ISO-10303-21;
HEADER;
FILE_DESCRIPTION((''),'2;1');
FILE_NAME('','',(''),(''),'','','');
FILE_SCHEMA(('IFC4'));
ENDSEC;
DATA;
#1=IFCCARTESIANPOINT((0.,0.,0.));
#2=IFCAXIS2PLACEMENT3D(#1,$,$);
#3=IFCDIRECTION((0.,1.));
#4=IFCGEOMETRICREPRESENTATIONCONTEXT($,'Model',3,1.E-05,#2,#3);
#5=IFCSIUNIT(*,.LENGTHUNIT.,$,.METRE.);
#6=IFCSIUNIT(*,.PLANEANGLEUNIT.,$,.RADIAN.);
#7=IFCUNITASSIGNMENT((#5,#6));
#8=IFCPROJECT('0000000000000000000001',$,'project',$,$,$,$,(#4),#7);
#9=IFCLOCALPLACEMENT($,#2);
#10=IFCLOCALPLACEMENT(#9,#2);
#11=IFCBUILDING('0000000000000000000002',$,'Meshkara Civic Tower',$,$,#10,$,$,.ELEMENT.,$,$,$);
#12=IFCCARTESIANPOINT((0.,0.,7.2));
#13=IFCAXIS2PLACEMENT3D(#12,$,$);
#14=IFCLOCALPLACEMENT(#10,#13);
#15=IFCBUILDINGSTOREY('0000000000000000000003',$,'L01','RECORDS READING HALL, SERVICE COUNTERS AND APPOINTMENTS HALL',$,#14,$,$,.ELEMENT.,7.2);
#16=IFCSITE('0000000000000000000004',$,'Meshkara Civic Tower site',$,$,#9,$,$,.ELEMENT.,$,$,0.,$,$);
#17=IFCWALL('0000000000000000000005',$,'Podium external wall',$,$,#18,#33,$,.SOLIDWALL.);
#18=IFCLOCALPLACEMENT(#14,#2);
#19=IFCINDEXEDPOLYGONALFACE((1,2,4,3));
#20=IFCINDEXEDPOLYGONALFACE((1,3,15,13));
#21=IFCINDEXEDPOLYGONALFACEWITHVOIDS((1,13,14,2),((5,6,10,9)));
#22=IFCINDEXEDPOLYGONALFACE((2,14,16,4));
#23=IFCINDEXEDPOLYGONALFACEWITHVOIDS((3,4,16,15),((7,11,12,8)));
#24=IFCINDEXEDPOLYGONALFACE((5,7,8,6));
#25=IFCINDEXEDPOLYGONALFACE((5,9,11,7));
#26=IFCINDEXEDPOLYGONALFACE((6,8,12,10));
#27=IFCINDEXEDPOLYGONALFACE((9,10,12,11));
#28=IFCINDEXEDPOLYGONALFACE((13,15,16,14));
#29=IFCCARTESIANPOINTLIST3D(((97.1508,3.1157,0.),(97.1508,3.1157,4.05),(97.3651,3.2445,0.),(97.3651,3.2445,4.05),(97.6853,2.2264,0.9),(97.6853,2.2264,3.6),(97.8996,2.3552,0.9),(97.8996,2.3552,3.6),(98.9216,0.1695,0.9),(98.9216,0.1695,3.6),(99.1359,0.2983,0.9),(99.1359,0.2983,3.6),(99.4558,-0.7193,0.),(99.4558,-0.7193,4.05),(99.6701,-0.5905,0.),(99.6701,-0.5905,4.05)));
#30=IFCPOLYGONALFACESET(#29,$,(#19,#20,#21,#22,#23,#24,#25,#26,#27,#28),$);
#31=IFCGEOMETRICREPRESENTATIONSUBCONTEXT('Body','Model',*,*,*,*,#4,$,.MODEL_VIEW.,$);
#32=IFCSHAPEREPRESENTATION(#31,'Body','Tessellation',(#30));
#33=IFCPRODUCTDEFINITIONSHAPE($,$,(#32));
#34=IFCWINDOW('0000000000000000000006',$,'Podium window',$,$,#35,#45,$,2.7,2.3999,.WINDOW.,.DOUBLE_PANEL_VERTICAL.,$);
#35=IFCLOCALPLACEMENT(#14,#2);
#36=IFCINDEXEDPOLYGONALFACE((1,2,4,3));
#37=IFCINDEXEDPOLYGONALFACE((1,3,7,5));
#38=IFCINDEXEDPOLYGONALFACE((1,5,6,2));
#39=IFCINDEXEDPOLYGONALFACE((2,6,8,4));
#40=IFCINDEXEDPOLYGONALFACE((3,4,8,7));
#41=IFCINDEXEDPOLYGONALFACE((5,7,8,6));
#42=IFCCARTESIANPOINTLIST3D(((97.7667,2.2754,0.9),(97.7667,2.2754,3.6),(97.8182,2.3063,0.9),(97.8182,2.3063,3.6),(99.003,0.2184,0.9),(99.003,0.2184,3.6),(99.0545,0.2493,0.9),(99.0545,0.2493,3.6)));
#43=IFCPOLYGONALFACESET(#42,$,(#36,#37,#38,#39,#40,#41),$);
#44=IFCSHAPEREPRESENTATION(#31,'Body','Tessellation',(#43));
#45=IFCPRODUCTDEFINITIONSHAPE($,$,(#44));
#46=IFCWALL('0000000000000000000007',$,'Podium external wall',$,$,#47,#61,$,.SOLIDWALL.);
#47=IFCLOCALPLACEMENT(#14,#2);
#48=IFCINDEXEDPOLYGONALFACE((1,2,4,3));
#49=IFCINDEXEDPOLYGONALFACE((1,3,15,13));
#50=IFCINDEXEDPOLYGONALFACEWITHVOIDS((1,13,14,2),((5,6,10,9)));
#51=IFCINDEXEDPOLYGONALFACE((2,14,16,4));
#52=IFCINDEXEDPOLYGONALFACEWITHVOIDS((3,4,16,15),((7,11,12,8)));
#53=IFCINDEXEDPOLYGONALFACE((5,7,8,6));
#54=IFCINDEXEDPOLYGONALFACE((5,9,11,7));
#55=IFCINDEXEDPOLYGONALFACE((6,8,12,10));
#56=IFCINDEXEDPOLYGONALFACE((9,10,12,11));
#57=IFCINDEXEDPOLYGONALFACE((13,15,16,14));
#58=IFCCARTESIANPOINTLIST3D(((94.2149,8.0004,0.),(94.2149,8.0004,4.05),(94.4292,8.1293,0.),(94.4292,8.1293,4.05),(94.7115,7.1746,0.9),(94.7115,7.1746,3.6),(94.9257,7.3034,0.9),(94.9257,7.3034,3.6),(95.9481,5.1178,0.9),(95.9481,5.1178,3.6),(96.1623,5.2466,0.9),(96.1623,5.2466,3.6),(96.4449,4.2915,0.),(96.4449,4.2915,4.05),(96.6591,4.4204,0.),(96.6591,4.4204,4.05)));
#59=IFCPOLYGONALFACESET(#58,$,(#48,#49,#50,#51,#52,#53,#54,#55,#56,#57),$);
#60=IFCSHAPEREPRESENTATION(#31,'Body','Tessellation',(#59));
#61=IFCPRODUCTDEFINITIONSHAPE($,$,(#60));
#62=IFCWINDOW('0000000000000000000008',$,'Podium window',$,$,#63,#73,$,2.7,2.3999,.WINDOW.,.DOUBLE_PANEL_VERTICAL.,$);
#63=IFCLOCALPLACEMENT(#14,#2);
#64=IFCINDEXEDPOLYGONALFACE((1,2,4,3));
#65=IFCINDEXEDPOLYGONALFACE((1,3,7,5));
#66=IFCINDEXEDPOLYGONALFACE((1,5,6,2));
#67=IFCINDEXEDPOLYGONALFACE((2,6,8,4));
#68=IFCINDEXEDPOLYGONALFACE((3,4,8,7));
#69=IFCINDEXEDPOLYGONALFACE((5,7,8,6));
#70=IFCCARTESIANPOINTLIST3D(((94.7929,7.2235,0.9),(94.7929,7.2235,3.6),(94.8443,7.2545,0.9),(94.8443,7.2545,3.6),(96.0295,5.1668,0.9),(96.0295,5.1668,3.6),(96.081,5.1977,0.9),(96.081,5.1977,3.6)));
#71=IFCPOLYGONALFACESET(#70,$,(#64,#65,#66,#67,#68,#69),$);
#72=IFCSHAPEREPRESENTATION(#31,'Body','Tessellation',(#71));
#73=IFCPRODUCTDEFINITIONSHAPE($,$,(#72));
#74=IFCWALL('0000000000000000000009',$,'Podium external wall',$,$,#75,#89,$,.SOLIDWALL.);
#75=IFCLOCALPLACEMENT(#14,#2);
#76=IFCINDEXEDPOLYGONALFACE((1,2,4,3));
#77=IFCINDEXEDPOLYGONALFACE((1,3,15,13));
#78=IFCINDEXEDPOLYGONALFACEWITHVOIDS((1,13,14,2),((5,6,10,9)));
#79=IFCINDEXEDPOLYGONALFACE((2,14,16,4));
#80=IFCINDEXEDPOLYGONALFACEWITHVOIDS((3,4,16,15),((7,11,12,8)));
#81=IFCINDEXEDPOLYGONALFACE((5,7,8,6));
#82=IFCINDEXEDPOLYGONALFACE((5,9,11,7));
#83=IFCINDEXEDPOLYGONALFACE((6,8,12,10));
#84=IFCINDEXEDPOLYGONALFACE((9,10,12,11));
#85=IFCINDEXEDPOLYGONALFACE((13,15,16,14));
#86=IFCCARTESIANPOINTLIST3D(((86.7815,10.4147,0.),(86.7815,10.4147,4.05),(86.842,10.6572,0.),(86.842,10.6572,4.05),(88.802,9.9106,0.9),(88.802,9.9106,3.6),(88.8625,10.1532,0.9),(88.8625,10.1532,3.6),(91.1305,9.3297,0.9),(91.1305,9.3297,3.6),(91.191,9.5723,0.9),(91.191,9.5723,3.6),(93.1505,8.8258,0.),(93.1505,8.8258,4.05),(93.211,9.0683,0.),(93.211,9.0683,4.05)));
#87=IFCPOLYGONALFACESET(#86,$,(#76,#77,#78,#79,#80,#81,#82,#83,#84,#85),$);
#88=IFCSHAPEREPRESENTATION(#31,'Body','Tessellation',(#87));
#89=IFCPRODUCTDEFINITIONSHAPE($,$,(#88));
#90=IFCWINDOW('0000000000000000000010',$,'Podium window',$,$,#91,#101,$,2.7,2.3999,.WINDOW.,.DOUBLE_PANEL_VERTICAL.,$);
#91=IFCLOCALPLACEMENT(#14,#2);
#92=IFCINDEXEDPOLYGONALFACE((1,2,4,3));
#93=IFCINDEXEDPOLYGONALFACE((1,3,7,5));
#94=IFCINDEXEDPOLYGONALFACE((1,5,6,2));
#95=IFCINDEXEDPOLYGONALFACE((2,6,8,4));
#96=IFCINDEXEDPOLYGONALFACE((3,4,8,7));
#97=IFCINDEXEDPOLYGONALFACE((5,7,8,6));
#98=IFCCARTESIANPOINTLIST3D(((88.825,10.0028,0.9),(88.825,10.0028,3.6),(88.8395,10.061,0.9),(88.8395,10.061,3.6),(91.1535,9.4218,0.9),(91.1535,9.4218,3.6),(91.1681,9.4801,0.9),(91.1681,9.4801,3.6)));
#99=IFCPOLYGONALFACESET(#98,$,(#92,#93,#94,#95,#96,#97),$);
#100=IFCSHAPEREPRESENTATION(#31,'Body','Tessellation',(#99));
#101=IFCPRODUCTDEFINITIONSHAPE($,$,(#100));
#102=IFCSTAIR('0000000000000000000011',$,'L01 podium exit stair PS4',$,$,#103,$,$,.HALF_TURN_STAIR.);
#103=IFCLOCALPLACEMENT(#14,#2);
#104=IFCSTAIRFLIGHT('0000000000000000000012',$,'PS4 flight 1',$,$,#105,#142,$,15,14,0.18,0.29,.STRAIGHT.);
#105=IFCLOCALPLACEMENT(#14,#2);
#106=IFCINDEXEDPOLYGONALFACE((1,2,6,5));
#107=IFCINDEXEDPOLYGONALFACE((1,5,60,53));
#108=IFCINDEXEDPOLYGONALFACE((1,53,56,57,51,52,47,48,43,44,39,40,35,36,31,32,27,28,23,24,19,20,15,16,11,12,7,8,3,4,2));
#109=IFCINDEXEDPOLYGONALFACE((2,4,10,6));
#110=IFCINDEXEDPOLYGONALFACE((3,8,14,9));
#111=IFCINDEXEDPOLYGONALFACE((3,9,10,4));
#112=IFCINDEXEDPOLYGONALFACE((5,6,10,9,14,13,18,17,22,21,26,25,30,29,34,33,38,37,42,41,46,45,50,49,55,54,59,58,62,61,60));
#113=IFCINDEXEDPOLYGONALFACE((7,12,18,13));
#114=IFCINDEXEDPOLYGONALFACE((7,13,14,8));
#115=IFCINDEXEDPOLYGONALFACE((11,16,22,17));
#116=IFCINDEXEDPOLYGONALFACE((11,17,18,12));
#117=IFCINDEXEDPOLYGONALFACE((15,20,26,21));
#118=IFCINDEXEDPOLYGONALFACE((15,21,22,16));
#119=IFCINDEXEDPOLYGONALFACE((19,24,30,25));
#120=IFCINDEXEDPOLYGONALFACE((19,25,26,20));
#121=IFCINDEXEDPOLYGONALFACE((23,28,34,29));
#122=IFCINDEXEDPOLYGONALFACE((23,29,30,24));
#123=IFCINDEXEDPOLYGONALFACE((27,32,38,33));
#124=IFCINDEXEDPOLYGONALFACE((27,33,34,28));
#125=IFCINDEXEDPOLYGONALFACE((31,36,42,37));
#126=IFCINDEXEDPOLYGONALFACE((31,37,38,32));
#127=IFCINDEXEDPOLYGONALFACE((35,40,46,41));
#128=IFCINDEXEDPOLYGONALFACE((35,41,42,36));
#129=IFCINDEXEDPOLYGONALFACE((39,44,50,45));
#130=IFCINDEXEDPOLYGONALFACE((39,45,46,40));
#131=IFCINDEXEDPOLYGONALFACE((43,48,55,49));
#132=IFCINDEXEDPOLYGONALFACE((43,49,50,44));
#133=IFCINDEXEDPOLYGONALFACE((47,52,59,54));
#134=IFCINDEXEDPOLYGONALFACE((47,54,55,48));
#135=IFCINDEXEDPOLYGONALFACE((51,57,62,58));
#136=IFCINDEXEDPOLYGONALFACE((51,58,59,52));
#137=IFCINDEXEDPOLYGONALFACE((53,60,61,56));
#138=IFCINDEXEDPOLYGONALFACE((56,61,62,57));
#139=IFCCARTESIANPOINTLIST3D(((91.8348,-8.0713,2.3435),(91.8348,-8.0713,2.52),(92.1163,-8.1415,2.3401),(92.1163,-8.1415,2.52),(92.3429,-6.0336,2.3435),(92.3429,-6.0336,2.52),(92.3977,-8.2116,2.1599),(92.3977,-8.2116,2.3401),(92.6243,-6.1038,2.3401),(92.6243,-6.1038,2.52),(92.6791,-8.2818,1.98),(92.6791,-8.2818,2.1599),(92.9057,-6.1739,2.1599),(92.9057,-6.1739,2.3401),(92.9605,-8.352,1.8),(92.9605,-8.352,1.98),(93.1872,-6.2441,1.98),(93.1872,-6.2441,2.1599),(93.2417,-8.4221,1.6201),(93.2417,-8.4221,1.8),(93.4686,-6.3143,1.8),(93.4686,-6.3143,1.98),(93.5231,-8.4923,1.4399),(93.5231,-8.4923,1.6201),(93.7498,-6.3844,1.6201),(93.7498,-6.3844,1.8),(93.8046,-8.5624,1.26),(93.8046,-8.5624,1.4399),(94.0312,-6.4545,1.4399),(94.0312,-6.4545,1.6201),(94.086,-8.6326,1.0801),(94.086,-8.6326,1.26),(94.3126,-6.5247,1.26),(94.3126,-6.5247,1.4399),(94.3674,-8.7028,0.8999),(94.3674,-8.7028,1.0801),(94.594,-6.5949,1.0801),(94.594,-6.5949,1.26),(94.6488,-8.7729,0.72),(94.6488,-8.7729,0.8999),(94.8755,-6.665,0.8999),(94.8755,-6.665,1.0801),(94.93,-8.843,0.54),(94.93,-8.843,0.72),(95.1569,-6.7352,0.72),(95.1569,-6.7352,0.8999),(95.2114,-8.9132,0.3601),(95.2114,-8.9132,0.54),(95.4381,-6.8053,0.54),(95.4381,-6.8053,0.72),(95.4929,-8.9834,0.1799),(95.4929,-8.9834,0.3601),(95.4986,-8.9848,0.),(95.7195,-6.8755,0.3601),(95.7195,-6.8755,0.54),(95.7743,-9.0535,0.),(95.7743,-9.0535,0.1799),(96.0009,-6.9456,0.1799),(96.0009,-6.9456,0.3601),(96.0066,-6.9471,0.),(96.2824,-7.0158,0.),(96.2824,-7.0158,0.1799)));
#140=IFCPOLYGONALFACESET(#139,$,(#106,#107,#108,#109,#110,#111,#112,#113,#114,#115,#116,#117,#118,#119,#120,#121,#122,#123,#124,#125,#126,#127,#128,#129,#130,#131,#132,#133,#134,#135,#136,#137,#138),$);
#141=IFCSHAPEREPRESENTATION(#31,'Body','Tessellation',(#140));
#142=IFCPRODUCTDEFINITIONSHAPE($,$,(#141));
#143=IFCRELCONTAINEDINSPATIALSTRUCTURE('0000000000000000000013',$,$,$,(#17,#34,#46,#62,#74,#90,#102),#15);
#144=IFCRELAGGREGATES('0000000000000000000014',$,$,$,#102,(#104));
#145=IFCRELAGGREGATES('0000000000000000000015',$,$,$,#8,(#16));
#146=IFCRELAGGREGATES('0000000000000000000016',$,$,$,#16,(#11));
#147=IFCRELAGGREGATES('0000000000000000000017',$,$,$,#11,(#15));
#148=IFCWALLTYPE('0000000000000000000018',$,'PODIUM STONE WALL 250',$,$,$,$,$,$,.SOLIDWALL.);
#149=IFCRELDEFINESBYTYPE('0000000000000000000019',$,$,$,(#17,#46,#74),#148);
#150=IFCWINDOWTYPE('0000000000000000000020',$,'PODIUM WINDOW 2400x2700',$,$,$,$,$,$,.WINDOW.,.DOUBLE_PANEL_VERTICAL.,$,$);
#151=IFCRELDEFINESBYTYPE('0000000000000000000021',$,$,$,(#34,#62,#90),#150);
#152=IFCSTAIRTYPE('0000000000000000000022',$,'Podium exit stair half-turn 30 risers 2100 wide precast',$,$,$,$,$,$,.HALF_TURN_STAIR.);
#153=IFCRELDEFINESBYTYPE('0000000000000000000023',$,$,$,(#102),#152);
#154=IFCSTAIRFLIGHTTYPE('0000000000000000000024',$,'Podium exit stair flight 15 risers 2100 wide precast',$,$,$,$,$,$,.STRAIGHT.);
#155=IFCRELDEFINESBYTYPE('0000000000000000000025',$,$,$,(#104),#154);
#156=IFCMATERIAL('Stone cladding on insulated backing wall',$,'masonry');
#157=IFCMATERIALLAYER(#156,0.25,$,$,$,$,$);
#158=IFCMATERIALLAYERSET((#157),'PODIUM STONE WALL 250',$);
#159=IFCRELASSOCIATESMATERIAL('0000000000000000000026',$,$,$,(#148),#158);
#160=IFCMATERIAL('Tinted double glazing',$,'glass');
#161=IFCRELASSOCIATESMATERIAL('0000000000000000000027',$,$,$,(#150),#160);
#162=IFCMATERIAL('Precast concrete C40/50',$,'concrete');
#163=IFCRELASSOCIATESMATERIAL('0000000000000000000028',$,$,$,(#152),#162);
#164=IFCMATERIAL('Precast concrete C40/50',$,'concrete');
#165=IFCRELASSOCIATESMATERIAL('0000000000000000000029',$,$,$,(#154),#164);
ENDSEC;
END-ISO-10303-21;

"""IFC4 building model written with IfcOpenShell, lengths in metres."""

from ifc_helpers import new_model, si_unit, direction, frame, frame_2d, origin, place, context, subcontext, project, spatial, polyline, rectangle, outline, extrude, material, layer, layer_set, type_object, element, fill, aggregate, save


model = new_model("IFC4")

# Units and contexts
model_context = context("Model", 3, precision=1e-05, world=origin(), true_north=direction((0.0, 1.0)))
body_context = subcontext(model_context, "Body", "Model", "MODEL_VIEW")
ifc_project = project(units=[si_unit("LENGTHUNIT", "METRE"), si_unit("PLANEANGLEUNIT", "RADIAN")], contexts=[model_context])

# Site, building, storey
site_placement = place(None, origin())
site = spatial("IfcSite", under=ifc_project, at=site_placement, Name="Meshkara Civic Tower site", CompositionType="ELEMENT", RefElevation=0.0)
building_placement = place(site_placement, origin())
building = spatial("IfcBuilding", under=site, at=building_placement, Name="Meshkara Civic Tower", CompositionType="ELEMENT")
storey_placement = place(building_placement, frame((0.0, 0.0, 7.2)))
storey = spatial("IfcBuildingStorey", under=building, at=storey_placement, Name="L01", Description="RECORDS READING HALL, SERVICE COUNTERS AND APPOINTMENTS HALL", CompositionType="ELEMENT", Elevation=7.2)

# Walls, openings, windows
ifc_material_1 = material(Name="Stone cladding on insulated backing wall", Category="masonry")
ifc_layer_1 = layer(ifc_material_1, 0.25)
ifc_layer_set_1 = layer_set([ifc_layer_1], Name="PODIUM STONE WALL 250")
wall_type_1 = type_object("IfcWallType", Name="PODIUM STONE WALL 250", PredefinedType="SOLIDWALL", material=ifc_layer_set_1)
ifc_material_2 = material(Name="Tinted double glazing", Category="glass")
window_type = type_object("IfcWindowType", Name="PODIUM WINDOW 2400x2700", PartitioningType="DOUBLE_PANEL_VERTICAL", PredefinedType="WINDOW", material=ifc_material_2)
wall_1_placement = place(storey_placement, frame((99.563, -0.655, 0.0), z_axis=(0.0, 0.0, 1.0), x_axis=(-0.515146, 0.857103, 0.0)))
wall_1 = element("IfcWall", 1, at=wall_1_placement, inside=storey, type_object=wall_type_1, Name="Podium external wall", PredefinedType="SOLIDWALL", context=body_context, shape_type="SweptSolid", body=[
    extrude(rectangle(XDim=4.4744, YDim=0.25, at=frame_2d((2.2373, 0.0))), origin(), (0.0, 0.0, 1.0), 4.05),
])
opening_1_placement = place(wall_1_placement, frame((1.0371, 0.0, 0.8999)))
opening_1 = element("IfcOpeningElement", 2, at=opening_1_placement, cuts=wall_1, PredefinedType="OPENING", context=body_context, shape_type="SweptSolid", body=[
    extrude(rectangle(XDim=2.3999, YDim=2.7, at=frame_2d((1.2, 1.3501))), frame((0.0, 0.135, 0.0), z_axis=(0.0, -1.0, 0.0), x_axis=(1.0, 0.0, 0.0)), (0.0, 0.0, 1.0), 0.27),
])
window_1_placement = place(opening_1_placement, origin())
window_1 = element("IfcWindow", 3, at=window_1_placement, inside=storey, type_object=window_type, Name="Podium window", OverallHeight=2.7, OverallWidth=2.3999, PartitioningType="DOUBLE_PANEL_VERTICAL", PredefinedType="WINDOW", context=body_context, shape_type="SweptSolid", body=[
    extrude(rectangle(XDim=2.3999, YDim=2.7, at=frame_2d((1.2, 1.3501))), frame((0.0, 0.03, 0.0), z_axis=(0.0, -1.0, 0.0), x_axis=(1.0, 0.0, 0.0)), (0.0, 0.0, 1.0), 0.0601),
])
fill(opening_1, window_1)
wall_2_placement = place(storey_placement, frame((96.552, 4.356, 0.0), z_axis=(0.0, 0.0, 1.0), x_axis=(-0.515275, 0.857025, 0.0)))
wall_2 = element("IfcWall", 4, at=wall_2_placement, inside=storey, type_object=wall_type_1, Name="Podium external wall", PredefinedType="SOLIDWALL", context=body_context, shape_type="SweptSolid", body=[
    extrude(rectangle(XDim=4.3276, YDim=0.25, at=frame_2d((2.1638, 0.0))), origin(), (0.0, 0.0, 1.0), 4.05),
])
opening_2_placement = place(wall_2_placement, frame((0.9641, 0.0, 0.8999)))
opening_2 = element("IfcOpeningElement", 5, at=opening_2_placement, cuts=wall_2, PredefinedType="OPENING", context=body_context, shape_type="SweptSolid", body=[
    extrude(rectangle(XDim=2.3999, YDim=2.7, at=frame_2d((1.2, 1.3501))), frame((0.0, 0.135, 0.0), z_axis=(0.0, -1.0, 0.0), x_axis=(1.0, 0.0, 0.0)), (0.0, 0.0, 1.0), 0.27),
])
window_2_placement = place(opening_2_placement, origin())
window_2 = element("IfcWindow", 6, at=window_2_placement, inside=storey, type_object=window_type, Name="Podium window", OverallHeight=2.7, OverallWidth=2.3999, PartitioningType="DOUBLE_PANEL_VERTICAL", PredefinedType="WINDOW", context=body_context, shape_type="SweptSolid", body=[
    extrude(rectangle(XDim=2.3999, YDim=2.7, at=frame_2d((1.2, 1.3501))), frame((0.0, 0.03, 0.0), z_axis=(0.0, -1.0, 0.0), x_axis=(1.0, 0.0, 0.0)), (0.0, 0.0, 1.0), 0.0601),
])
fill(opening_2, window_2)
wall_3_placement = place(storey_placement, frame((93.1809, 8.947, 0.0), z_axis=(0.0, 0.0, 1.0), x_axis=(-0.970263, 0.242054, 0.0)))
wall_3 = element("IfcWall", 7, at=wall_3_placement, inside=storey, type_object=wall_type_1, Name="Podium external wall", PredefinedType="SOLIDWALL", context=body_context, shape_type="SweptSolid", body=[
    extrude(rectangle(XDim=6.5642, YDim=0.25, at=frame_2d((3.2822, 0.0))), origin(), (0.0, 0.0, 1.0), 4.05),
])
opening_3_placement = place(wall_3_placement, frame((2.082, 0.0, 0.8999)))
opening_3 = element("IfcOpeningElement", 8, at=opening_3_placement, cuts=wall_3, PredefinedType="OPENING", context=body_context, shape_type="SweptSolid", body=[
    extrude(rectangle(XDim=2.3999, YDim=2.7, at=frame_2d((1.2, 1.3501))), frame((0.0, 0.135, 0.0), z_axis=(0.0, -1.0, 0.0), x_axis=(1.0, 0.0, 0.0)), (0.0, 0.0, 1.0), 0.27),
])
window_3_placement = place(opening_3_placement, origin())
window_3 = element("IfcWindow", 9, at=window_3_placement, inside=storey, type_object=window_type, Name="Podium window", OverallHeight=2.7, OverallWidth=2.3999, PartitioningType="DOUBLE_PANEL_VERTICAL", PredefinedType="WINDOW", context=body_context, shape_type="SweptSolid", body=[
    extrude(rectangle(XDim=2.3999, YDim=2.7, at=frame_2d((1.2, 1.3501))), frame((0.0, 0.03, 0.0), z_axis=(0.0, -1.0, 0.0), x_axis=(1.0, 0.0, 0.0)), (0.0, 0.0, 1.0), 0.0601),
])
fill(opening_3, window_3)

# Stair, stair flight
ifc_material_3 = material(Name="Precast concrete C40/50", Category="concrete")
stair_type = type_object("IfcStairType", Name="Podium exit stair half-turn 30 risers 2100 wide precast", PredefinedType="HALF_TURN_STAIR", material=ifc_material_3)
stair_placement = place(storey_placement, origin())
stair = element("IfcStair", 10, at=stair_placement, inside=storey, type_object=stair_type, Name="L01 podium exit stair PS4", PredefinedType="HALF_TURN_STAIR")
ifc_material_4 = material(Name="Precast concrete C40/50", Category="concrete")
stair_flight_type = type_object("IfcStairFlightType", Name="Podium exit stair flight 15 risers 2100 wide precast", PredefinedType="STRAIGHT", material=ifc_material_4)
stair_flight_placement = place(storey_placement, frame((96.0283, -8.0347, 0.0), z_axis=(0.0, 0.0, 1.0), x_axis=(-0.970296, 0.241922, 0.0)))
stair_flight = element("IfcStairFlight", 11, at=stair_flight_placement, type_object=stair_flight_type, Name="PS4 flight 1", NumberOfRisers=15, NumberOfTreads=14, PredefinedType="STRAIGHT", RiserHeight=0.18, TreadLength=0.29, context=body_context, shape_type="SweptSolid", body=[
    extrude(outline(polyline([(0.0, 0.0), (0.0, 0.1799), (0.29, 0.1799), (0.29, 0.3601), (0.5801, 0.3601), (0.5801, 0.54), (0.8701, 0.54), (0.8701, 0.72), (1.1599, 0.72), (1.1599, 0.8999), (1.45, 0.8999), (1.45, 1.0801), (1.74, 1.0801), (1.74, 1.26), (2.03, 1.26), (2.03, 1.4399), (2.3201, 1.4399), (2.3201, 1.6201), (2.6101, 1.6201), (2.6101, 1.8), (2.8999, 1.8), (2.8999, 1.98), (3.1899, 1.98), (3.1899, 2.1599), (3.48, 2.1599), (3.48, 2.3401), (3.77, 2.3401), (3.77, 2.52), (4.0601, 2.52), (4.0601, 2.7), (4.0601, 2.3435), (0.2842, 0.0), (0.0, 0.0)])), frame((0.0, 1.05, 0.0), z_axis=(0.0, -1.0, 0.0), x_axis=(1.0, 0.0, 0.0)), (0.0, 0.0, 1.0), 2.1001),
])
aggregate(stair, [stair_flight])

save(model, "model.ifc")
